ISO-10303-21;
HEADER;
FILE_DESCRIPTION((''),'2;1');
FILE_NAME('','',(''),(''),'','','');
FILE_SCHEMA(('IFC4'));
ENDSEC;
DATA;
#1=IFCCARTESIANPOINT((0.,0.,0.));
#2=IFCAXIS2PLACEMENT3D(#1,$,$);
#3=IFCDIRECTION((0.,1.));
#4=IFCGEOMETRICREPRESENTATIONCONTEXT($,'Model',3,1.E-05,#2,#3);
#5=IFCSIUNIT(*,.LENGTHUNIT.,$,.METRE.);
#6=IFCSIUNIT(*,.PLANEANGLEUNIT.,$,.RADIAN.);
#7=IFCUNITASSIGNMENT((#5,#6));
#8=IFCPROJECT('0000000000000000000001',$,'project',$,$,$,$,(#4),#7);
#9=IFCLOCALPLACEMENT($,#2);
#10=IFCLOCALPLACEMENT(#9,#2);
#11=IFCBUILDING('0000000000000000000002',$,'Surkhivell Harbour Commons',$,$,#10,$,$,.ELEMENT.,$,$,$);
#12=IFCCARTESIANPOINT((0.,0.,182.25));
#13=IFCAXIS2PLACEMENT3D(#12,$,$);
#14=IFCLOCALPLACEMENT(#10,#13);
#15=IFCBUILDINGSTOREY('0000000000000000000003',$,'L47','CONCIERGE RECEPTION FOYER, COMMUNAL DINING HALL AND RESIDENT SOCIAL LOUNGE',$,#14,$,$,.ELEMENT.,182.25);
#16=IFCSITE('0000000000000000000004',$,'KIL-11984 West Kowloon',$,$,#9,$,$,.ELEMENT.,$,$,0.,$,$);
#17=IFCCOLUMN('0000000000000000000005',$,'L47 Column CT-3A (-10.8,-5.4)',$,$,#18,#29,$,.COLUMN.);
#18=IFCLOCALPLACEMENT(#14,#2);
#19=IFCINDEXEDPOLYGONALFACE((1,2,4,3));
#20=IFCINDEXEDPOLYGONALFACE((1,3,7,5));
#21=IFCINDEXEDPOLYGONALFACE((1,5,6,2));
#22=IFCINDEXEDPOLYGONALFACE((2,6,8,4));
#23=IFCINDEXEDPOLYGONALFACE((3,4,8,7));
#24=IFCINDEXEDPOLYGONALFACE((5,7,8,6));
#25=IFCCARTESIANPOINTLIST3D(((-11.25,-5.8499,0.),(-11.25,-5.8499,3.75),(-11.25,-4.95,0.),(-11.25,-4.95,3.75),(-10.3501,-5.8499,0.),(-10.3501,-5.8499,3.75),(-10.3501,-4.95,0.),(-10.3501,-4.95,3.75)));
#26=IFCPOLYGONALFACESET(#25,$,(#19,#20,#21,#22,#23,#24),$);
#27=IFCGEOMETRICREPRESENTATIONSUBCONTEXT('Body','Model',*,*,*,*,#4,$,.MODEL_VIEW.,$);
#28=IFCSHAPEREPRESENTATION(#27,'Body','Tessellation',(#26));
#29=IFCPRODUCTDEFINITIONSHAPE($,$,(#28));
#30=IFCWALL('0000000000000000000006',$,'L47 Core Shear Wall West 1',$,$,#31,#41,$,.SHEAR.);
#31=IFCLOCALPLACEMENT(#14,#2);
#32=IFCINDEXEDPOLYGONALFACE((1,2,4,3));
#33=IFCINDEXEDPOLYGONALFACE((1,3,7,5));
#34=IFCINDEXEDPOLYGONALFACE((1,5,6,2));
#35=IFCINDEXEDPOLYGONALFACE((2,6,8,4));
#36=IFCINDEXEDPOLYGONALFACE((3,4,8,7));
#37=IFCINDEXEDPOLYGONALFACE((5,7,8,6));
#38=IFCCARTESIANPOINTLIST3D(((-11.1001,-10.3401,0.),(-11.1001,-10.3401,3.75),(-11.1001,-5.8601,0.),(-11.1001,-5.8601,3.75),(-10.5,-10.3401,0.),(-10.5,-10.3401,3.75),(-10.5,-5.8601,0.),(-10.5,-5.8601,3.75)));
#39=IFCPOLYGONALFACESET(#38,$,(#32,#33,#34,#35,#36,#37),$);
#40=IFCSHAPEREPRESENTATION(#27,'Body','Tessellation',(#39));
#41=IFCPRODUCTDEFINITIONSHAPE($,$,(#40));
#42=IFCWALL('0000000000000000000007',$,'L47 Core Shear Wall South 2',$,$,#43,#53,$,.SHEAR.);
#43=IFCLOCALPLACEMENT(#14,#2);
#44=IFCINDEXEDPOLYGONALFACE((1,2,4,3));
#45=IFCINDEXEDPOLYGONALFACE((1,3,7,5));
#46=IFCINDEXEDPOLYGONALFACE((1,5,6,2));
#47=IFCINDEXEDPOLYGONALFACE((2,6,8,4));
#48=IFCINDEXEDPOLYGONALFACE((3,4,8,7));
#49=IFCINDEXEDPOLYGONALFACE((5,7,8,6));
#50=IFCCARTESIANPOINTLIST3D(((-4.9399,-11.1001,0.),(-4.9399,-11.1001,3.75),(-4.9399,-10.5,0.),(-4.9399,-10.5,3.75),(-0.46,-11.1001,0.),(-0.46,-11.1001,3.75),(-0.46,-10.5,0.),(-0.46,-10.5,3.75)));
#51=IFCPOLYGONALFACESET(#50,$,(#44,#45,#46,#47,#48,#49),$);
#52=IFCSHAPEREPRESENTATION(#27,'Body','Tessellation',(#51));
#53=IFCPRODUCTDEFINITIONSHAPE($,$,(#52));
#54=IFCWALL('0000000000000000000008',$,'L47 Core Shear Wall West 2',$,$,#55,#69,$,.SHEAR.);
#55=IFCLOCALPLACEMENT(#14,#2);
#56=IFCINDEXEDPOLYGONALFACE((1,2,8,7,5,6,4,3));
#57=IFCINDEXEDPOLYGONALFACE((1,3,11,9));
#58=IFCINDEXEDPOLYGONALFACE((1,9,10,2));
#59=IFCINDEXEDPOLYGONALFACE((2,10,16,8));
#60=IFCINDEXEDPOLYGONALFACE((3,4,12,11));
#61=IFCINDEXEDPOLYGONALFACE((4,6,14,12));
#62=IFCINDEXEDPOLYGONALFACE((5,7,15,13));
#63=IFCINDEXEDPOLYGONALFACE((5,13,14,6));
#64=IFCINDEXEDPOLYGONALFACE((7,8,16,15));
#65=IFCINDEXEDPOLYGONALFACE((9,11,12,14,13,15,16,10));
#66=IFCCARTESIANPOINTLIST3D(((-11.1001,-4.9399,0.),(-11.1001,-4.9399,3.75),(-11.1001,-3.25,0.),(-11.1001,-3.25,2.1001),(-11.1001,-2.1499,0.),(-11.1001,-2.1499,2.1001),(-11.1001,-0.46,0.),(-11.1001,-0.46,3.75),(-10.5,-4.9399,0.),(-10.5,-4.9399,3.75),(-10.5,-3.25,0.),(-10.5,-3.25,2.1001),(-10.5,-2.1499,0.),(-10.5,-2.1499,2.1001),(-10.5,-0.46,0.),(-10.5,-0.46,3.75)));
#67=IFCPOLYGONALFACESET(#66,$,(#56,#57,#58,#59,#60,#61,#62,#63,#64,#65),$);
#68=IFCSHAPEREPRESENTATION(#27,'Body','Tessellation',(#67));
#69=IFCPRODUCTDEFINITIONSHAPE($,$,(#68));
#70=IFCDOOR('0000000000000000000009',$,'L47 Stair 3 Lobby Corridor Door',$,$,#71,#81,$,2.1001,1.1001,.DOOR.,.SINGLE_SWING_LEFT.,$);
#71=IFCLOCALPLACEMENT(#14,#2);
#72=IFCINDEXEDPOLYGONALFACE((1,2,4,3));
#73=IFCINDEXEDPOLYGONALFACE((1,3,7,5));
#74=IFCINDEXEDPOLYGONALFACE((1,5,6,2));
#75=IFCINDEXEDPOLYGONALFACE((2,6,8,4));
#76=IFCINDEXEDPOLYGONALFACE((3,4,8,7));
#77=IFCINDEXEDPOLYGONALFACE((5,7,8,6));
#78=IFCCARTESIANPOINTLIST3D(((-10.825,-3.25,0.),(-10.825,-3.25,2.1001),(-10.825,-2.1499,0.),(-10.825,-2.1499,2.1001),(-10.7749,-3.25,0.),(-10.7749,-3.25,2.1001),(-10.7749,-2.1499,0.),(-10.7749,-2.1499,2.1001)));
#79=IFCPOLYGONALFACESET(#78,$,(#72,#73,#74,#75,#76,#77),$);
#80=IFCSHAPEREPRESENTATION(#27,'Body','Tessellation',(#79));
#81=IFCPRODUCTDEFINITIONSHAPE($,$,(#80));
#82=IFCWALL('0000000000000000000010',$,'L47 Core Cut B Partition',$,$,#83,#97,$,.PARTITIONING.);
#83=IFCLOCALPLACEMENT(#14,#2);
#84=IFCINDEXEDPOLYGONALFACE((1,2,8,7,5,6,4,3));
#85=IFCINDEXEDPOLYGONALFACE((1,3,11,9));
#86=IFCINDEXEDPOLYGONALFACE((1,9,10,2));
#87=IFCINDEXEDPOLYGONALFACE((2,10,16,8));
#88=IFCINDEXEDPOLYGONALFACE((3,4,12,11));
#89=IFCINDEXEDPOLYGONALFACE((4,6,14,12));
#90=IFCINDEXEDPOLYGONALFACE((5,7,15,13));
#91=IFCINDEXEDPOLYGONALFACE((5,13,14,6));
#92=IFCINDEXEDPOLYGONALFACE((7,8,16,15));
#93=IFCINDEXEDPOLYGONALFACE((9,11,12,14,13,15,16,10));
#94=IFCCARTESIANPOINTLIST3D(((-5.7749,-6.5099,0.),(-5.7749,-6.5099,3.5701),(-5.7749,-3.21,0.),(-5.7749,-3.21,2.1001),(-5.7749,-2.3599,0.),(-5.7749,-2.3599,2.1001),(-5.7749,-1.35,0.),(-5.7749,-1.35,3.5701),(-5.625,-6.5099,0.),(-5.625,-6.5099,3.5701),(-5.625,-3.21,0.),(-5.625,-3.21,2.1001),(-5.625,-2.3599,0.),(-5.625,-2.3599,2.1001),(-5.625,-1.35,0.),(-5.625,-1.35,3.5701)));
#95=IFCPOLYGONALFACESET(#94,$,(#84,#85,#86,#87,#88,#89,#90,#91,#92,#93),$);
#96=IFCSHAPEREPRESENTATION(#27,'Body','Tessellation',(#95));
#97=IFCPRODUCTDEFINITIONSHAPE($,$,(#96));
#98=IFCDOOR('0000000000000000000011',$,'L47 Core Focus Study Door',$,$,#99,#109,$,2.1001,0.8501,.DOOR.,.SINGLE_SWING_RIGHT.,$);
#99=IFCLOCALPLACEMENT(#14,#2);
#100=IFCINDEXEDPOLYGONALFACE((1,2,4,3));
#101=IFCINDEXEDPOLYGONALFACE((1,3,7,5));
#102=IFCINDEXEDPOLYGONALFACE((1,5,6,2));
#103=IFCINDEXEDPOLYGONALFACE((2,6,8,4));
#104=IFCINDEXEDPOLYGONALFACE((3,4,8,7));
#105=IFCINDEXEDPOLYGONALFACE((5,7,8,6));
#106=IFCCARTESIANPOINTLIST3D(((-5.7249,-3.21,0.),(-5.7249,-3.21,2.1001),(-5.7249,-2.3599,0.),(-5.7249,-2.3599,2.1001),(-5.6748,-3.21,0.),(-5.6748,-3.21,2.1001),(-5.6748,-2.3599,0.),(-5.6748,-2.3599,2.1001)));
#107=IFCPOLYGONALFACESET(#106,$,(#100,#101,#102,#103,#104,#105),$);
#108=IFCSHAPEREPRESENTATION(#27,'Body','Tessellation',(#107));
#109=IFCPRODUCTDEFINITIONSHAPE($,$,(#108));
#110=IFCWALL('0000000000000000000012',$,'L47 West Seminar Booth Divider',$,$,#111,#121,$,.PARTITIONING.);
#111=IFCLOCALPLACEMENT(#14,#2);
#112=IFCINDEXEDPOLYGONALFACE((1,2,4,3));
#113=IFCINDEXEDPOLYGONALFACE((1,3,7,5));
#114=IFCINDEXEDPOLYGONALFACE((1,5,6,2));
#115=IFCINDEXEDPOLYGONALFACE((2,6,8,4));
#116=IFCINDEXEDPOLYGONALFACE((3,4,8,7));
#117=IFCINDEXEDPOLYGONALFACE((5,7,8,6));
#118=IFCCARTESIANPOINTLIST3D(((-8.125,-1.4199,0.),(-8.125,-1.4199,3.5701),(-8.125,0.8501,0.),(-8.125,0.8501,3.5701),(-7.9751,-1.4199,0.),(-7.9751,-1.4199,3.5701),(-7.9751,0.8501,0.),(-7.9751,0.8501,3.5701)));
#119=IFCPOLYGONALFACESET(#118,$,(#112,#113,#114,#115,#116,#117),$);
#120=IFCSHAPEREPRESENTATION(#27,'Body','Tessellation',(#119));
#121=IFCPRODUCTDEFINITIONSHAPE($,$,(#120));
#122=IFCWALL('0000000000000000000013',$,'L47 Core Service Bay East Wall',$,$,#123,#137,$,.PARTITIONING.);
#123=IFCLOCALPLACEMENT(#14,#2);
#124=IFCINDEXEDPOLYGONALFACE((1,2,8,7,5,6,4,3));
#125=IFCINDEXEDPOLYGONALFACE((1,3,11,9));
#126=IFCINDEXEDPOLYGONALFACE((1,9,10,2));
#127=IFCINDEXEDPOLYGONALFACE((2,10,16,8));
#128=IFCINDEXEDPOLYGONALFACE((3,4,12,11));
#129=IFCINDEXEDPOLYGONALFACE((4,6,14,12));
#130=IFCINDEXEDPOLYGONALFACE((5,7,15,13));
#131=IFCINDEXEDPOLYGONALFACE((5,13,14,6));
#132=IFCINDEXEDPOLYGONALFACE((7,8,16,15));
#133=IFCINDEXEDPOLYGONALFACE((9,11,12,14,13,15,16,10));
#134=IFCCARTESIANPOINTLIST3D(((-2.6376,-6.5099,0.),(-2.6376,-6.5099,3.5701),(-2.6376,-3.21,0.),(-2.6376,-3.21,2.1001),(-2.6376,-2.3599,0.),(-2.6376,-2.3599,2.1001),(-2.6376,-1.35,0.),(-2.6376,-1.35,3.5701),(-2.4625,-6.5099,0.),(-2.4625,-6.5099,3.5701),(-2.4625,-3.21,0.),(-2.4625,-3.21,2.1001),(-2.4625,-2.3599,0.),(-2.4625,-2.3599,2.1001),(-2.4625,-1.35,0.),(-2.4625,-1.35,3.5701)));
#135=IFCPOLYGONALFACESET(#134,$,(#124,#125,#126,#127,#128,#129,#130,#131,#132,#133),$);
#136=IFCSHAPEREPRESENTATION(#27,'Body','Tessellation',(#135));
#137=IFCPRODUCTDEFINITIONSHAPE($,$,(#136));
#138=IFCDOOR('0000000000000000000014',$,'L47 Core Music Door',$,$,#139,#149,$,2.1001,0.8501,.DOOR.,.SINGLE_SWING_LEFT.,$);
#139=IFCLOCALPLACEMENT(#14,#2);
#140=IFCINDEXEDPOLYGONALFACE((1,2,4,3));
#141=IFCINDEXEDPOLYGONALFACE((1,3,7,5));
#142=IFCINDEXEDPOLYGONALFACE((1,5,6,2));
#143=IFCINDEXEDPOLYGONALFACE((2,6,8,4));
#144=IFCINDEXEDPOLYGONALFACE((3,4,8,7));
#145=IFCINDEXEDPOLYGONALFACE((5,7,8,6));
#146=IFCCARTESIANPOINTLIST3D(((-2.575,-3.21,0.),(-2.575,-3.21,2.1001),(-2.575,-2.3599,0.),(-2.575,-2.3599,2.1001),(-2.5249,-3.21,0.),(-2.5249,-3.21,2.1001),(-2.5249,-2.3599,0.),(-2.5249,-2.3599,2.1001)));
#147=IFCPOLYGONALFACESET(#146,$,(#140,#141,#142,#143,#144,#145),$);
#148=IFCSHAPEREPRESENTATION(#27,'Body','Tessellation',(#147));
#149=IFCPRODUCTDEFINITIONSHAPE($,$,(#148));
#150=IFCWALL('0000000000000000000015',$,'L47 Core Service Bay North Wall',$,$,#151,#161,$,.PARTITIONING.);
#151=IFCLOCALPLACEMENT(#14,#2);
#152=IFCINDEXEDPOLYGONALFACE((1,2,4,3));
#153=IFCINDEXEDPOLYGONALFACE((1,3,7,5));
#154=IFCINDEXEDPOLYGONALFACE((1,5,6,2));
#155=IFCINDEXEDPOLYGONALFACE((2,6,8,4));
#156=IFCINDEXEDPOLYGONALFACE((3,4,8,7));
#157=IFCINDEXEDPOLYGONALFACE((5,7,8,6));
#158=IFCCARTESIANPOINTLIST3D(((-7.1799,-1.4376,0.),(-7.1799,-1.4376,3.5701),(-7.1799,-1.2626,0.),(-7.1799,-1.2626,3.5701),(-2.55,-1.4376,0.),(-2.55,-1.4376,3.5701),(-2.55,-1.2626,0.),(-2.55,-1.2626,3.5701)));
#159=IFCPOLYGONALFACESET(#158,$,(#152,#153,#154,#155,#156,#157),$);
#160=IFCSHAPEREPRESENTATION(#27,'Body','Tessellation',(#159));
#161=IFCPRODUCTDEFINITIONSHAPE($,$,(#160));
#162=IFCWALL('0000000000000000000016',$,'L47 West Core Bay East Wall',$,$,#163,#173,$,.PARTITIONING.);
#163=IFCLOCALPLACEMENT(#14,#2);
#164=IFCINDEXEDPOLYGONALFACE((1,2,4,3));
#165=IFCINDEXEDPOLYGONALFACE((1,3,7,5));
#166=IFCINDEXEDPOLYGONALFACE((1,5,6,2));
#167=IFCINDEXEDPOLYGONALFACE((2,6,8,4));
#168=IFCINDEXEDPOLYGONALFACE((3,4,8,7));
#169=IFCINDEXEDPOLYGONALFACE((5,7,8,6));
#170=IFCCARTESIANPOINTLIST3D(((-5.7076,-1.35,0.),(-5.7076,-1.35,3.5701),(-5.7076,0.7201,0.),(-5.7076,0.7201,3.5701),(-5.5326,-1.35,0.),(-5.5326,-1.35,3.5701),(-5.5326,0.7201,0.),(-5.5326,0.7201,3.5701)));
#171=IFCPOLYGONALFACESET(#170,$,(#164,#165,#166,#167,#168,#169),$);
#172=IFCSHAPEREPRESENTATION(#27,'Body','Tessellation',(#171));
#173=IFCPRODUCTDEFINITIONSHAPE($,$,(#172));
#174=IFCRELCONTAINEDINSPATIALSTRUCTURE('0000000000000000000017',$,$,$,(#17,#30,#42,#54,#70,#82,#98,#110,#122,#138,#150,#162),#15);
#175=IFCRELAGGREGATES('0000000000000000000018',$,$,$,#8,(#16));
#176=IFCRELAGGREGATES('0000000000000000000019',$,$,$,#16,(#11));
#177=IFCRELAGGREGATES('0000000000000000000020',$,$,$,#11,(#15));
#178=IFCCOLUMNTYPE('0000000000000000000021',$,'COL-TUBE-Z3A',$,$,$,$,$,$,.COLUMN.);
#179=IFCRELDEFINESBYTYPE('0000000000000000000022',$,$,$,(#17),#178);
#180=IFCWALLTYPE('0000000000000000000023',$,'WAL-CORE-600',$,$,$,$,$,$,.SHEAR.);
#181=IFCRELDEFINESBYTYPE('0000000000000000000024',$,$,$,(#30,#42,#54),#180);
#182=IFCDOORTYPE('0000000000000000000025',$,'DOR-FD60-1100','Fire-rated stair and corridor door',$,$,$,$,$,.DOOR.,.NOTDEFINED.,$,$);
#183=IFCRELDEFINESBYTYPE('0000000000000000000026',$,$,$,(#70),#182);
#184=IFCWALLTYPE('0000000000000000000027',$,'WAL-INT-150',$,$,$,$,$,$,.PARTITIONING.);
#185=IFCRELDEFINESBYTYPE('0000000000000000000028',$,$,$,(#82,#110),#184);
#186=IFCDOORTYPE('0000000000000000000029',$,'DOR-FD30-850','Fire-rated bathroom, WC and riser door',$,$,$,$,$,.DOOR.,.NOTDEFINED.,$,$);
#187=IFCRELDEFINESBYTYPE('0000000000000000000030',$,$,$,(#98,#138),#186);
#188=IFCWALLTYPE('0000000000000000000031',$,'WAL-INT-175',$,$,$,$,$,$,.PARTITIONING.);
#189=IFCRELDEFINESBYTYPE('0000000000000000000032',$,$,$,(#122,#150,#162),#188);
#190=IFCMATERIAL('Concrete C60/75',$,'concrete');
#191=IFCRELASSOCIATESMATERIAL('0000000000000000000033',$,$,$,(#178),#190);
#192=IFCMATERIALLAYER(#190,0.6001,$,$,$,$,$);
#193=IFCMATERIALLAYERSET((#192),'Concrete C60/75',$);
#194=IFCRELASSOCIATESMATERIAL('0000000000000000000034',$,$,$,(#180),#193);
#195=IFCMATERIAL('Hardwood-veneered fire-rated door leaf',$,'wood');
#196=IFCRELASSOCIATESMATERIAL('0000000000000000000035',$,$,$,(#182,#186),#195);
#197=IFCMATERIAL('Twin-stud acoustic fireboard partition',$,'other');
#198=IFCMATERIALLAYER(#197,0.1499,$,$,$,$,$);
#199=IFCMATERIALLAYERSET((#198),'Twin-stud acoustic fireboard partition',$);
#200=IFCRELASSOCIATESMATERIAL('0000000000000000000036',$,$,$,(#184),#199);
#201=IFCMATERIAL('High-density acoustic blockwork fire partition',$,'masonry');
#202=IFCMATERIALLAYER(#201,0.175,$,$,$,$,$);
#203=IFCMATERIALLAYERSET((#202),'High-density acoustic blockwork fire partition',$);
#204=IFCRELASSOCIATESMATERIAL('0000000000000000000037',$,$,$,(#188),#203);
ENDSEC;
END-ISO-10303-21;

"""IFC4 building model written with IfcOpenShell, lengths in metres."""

from ifc_helpers import new_model, si_unit, direction, frame, frame_2d, origin, origin_2d, place, context, subcontext, project, spatial, rectangle, extrude, material, layer, layer_set, material_profile, profile_set, type_object, element, fill, save


model = new_model("IFC4")

# Units and contexts
model_context = context("Model", 3, precision=1e-05, world=origin(), true_north=direction((0.0, 1.0)))
body_context = subcontext(model_context, "Body", "Model", "MODEL_VIEW")
ifc_project = project(units=[si_unit("LENGTHUNIT", "METRE"), si_unit("PLANEANGLEUNIT", "RADIAN")], contexts=[model_context])

# Site, building, storey
site_placement = place(None, origin())
site = spatial("IfcSite", under=ifc_project, at=site_placement, Name="KIL-11984 West Kowloon", CompositionType="ELEMENT", RefElevation=0.0)
building_placement = place(site_placement, origin())
building = spatial("IfcBuilding", under=site, at=building_placement, Name="Surkhivell Harbour Commons", CompositionType="ELEMENT")
storey_placement = place(building_placement, frame((0.0, 0.0, 182.25)))
storey = spatial("IfcBuildingStorey", under=building, at=storey_placement, Name="L47", Description="CONCIERGE RECEPTION FOYER, COMMUNAL DINING HALL AND RESIDENT SOCIAL LOUNGE", CompositionType="ELEMENT", Elevation=182.25)

# Column
ifc_material_1 = material(Name="Concrete C60/75", Category="concrete")
ifc_material_profile = material_profile(ifc_material_1, rectangle(XDim=0.8999, YDim=0.8999, at=origin_2d()), Name="RC-COL-900x900")
ifc_profile_set = profile_set([ifc_material_profile], Name="Concrete C60/75")
column_type = type_object("IfcColumnType", Name="COL-TUBE-Z3A", PredefinedType="COLUMN", material=ifc_profile_set)
column_placement = place(storey_placement, frame((-10.8, -5.3999, 0.0), z_axis=(0.0, 0.0, 1.0), x_axis=(1.0, 0.0, 0.0)))
element("IfcColumn", 1, at=column_placement, inside=storey, type_object=column_type, Name="L47 Column CT-3A (-10.8,-5.4)", PredefinedType="COLUMN", context=body_context, shape_type="SweptSolid", body=[
    extrude(rectangle(XDim=0.8999, YDim=0.8999, at=origin_2d()), origin(), (0.0, 0.0, 1.0), 3.75),
])

# Walls
ifc_layer_1 = layer(ifc_material_1, 0.6001)
ifc_layer_set_1 = layer_set([ifc_layer_1], Name="Concrete C60/75")
wall_type_1 = type_object("IfcWallType", Name="WAL-CORE-600", PredefinedType="SHEAR", material=ifc_layer_set_1)
for number, where, z_axis, x_axis, name in (
    (2, (-10.8, -10.3401, 0.0), (0.0, 0.0, 1.0), (0.0, 1.0, 0.0), "L47 Core Shear Wall West 1"),
    (3, (-4.9399, -10.8, 0.0), (0.0, 0.0, 1.0), (1.0, 0.0, 0.0), "L47 Core Shear Wall South 2"),
):
    element("IfcWall", number, at=place(storey_placement, frame(where, z_axis=z_axis, x_axis=x_axis)), inside=storey, type_object=wall_type_1, Name=name, PredefinedType="SHEAR", context=body_context, shape_type="SweptSolid", body=[
        extrude(rectangle(XDim=4.48, YDim=0.6001, at=frame_2d((2.24, 0.0))), origin(), (0.0, 0.0, 1.0), 3.75),
    ])

# Walls, openings, doors
wall_1_placement = place(storey_placement, frame((-10.8, -4.9399, 0.0), z_axis=(0.0, 0.0, 1.0), x_axis=(0.0, 1.0, 0.0)))
wall_1 = element("IfcWall", 4, at=wall_1_placement, inside=storey, type_object=wall_type_1, Name="L47 Core Shear Wall West 2", PredefinedType="SHEAR", context=body_context, shape_type="SweptSolid", body=[
    extrude(rectangle(XDim=4.48, YDim=0.6001, at=frame_2d((2.24, 0.0))), origin(), (0.0, 0.0, 1.0), 3.75),
])
opening_1_placement = place(wall_1_placement, frame((1.6899, 0.0, 0.0)))
opening_1 = element("IfcOpeningElement", 5, at=opening_1_placement, cuts=wall_1, PredefinedType="OPENING", context=body_context, shape_type="SweptSolid", body=[
    extrude(rectangle(XDim=1.1001, YDim=2.1001, at=frame_2d((0.55, 1.05))), frame((0.0, 0.3101, 0.0), z_axis=(0.0, -1.0, 0.0), x_axis=(1.0, 0.0, 0.0)), (0.0, 0.0, 1.0), 0.6201),
])
ifc_material_2 = material(Name="Hardwood-veneered fire-rated door leaf", Category="wood")
door_type_1 = type_object("IfcDoorType", Name="DOR-FD60-1100", Description="Fire-rated stair and corridor door", OperationType="NOTDEFINED", PredefinedType="DOOR", material=ifc_material_2)
door_1_placement = place(opening_1_placement, origin())
door_1 = element("IfcDoor", 6, at=door_1_placement, inside=storey, type_object=door_type_1, Name="L47 Stair 3 Lobby Corridor Door", OperationType="SINGLE_SWING_LEFT", OverallHeight=2.1001, OverallWidth=1.1001, PredefinedType="DOOR", context=body_context, shape_type="SweptSolid", body=[
    extrude(rectangle(XDim=1.1001, YDim=2.1001, at=frame_2d((0.55, 1.05))), frame((0.0, 0.0249, 0.0), z_axis=(0.0, -1.0, 0.0), x_axis=(1.0, 0.0, 0.0)), (0.0, 0.0, 1.0), 0.05),
])
fill(opening_1, door_1)
ifc_material_3 = material(Name="Twin-stud acoustic fireboard partition", Category="other")
ifc_layer_2 = layer(ifc_material_3, 0.1499)
ifc_layer_set_2 = layer_set([ifc_layer_2], Name="Twin-stud acoustic fireboard partition")
wall_type_2 = type_object("IfcWallType", Name="WAL-INT-150", PredefinedType="PARTITIONING", material=ifc_layer_set_2)
wall_2_placement = place(storey_placement, frame((-5.7, -6.51, 0.0), z_axis=(0.0, 0.0, 1.0), x_axis=(0.0, 1.0, 0.0)))
wall_2 = element("IfcWall", 7, at=wall_2_placement, inside=storey, type_object=wall_type_2, Name="L47 Core Cut B Partition", PredefinedType="PARTITIONING", context=body_context, shape_type="SweptSolid", body=[
    extrude(rectangle(XDim=5.1599, YDim=0.1499, at=frame_2d((2.5801, 0.0))), origin(), (0.0, 0.0, 1.0), 3.5701),
])
opening_2_placement = place(wall_2_placement, frame((3.3, 0.0, 0.0)))
opening_2 = element("IfcOpeningElement", 8, at=opening_2_placement, cuts=wall_2, PredefinedType="OPENING", context=body_context, shape_type="SweptSolid", body=[
    extrude(rectangle(XDim=0.8501, YDim=2.1001, at=frame_2d((0.425, 1.05))), frame((0.0, 0.085, 0.0), z_axis=(0.0, -1.0, 0.0), x_axis=(1.0, 0.0, 0.0)), (0.0, 0.0, 1.0), 0.1699),
])
door_type_2 = type_object("IfcDoorType", Name="DOR-FD30-850", Description="Fire-rated bathroom, WC and riser door", OperationType="NOTDEFINED", PredefinedType="DOOR", material=ifc_material_2)
door_2_placement = place(opening_2_placement, origin())
door_2 = element("IfcDoor", 9, at=door_2_placement, inside=storey, type_object=door_type_2, Name="L47 Core Focus Study Door", OperationType="SINGLE_SWING_RIGHT", OverallHeight=2.1001, OverallWidth=0.8501, PredefinedType="DOOR", context=body_context, shape_type="SweptSolid", body=[
    extrude(rectangle(XDim=0.8501, YDim=2.1001, at=frame_2d((0.425, 1.05))), frame((0.0, 0.0249, 0.0), z_axis=(0.0, -1.0, 0.0), x_axis=(1.0, 0.0, 0.0)), (0.0, 0.0, 1.0), 0.05),
])
fill(opening_2, door_2)

# Wall
wall_3_placement = place(storey_placement, frame((-8.05, -1.4199, 0.0), z_axis=(0.0, 0.0, 1.0), x_axis=(0.0, 1.0, 0.0)))
element("IfcWall", 10, at=wall_3_placement, inside=storey, type_object=wall_type_2, Name="L47 West Seminar Booth Divider", PredefinedType="PARTITIONING", context=body_context, shape_type="SweptSolid", body=[
    extrude(rectangle(XDim=2.27, YDim=0.1499, at=frame_2d((1.135, 0.0))), origin(), (0.0, 0.0, 1.0), 3.5701),
])

# Wall, opening, door
ifc_material_4 = material(Name="High-density acoustic blockwork fire partition", Category="masonry")
ifc_layer_3 = layer(ifc_material_4, 0.175)
ifc_layer_set_3 = layer_set([ifc_layer_3], Name="High-density acoustic blockwork fire partition")
wall_type_3 = type_object("IfcWallType", Name="WAL-INT-175", PredefinedType="PARTITIONING", material=ifc_layer_set_3)
wall_4_placement = place(storey_placement, frame((-2.55, -6.51, 0.0), z_axis=(0.0, 0.0, 1.0), x_axis=(0.0, 1.0, 0.0)))
wall_4 = element("IfcWall", 11, at=wall_4_placement, inside=storey, type_object=wall_type_3, Name="L47 Core Service Bay East Wall", PredefinedType="PARTITIONING", context=body_context, shape_type="SweptSolid", body=[
    extrude(rectangle(XDim=5.1599, YDim=0.175, at=frame_2d((2.5801, 0.0))), origin(), (0.0, 0.0, 1.0), 3.5701),
])
opening_3_placement = place(wall_4_placement, frame((3.3, 0.0, 0.0)))
opening_3 = element("IfcOpeningElement", 12, at=opening_3_placement, cuts=wall_4, PredefinedType="OPENING", context=body_context, shape_type="SweptSolid", body=[
    extrude(rectangle(XDim=0.8501, YDim=2.1001, at=frame_2d((0.425, 1.05))), frame((0.0, 0.0974, 0.0), z_axis=(0.0, -1.0, 0.0), x_axis=(1.0, 0.0, 0.0)), (0.0, 0.0, 1.0), 0.1951),
])
door_3_placement = place(opening_3_placement, origin())
door_3 = element("IfcDoor", 13, at=door_3_placement, inside=storey, type_object=door_type_2, Name="L47 Core Music Door", OperationType="SINGLE_SWING_LEFT", OverallHeight=2.1001, OverallWidth=0.8501, PredefinedType="DOOR", context=body_context, shape_type="SweptSolid", body=[
    extrude(rectangle(XDim=0.8501, YDim=2.1001, at=frame_2d((0.425, 1.05))), frame((0.0, 0.0249, 0.0), z_axis=(0.0, -1.0, 0.0), x_axis=(1.0, 0.0, 0.0)), (0.0, 0.0, 1.0), 0.05),
])
fill(opening_3, door_3)

# Walls
wall_5_placement = place(storey_placement, frame((-7.1799, -1.3501, 0.0), z_axis=(0.0, 0.0, 1.0), x_axis=(1.0, 0.0, 0.0)))
element("IfcWall", 14, at=wall_5_placement, inside=storey, type_object=wall_type_3, Name="L47 Core Service Bay North Wall", PredefinedType="PARTITIONING", context=body_context, shape_type="SweptSolid", body=[
    extrude(rectangle(XDim=4.6299, YDim=0.175, at=frame_2d((2.3149, 0.0))), origin(), (0.0, 0.0, 1.0), 3.5701),
])
wall_6_placement = place(storey_placement, frame((-5.6201, -1.3501, 0.0), z_axis=(0.0, 0.0, 1.0), x_axis=(0.0, 1.0, 0.0)))
element("IfcWall", 15, at=wall_6_placement, inside=storey, type_object=wall_type_3, Name="L47 West Core Bay East Wall", PredefinedType="PARTITIONING", context=body_context, shape_type="SweptSolid", body=[
    extrude(rectangle(XDim=2.0701, YDim=0.175, at=frame_2d((1.0352, 0.0))), origin(), (0.0, 0.0, 1.0), 3.5701),
])

save(model, "model.ifc")
